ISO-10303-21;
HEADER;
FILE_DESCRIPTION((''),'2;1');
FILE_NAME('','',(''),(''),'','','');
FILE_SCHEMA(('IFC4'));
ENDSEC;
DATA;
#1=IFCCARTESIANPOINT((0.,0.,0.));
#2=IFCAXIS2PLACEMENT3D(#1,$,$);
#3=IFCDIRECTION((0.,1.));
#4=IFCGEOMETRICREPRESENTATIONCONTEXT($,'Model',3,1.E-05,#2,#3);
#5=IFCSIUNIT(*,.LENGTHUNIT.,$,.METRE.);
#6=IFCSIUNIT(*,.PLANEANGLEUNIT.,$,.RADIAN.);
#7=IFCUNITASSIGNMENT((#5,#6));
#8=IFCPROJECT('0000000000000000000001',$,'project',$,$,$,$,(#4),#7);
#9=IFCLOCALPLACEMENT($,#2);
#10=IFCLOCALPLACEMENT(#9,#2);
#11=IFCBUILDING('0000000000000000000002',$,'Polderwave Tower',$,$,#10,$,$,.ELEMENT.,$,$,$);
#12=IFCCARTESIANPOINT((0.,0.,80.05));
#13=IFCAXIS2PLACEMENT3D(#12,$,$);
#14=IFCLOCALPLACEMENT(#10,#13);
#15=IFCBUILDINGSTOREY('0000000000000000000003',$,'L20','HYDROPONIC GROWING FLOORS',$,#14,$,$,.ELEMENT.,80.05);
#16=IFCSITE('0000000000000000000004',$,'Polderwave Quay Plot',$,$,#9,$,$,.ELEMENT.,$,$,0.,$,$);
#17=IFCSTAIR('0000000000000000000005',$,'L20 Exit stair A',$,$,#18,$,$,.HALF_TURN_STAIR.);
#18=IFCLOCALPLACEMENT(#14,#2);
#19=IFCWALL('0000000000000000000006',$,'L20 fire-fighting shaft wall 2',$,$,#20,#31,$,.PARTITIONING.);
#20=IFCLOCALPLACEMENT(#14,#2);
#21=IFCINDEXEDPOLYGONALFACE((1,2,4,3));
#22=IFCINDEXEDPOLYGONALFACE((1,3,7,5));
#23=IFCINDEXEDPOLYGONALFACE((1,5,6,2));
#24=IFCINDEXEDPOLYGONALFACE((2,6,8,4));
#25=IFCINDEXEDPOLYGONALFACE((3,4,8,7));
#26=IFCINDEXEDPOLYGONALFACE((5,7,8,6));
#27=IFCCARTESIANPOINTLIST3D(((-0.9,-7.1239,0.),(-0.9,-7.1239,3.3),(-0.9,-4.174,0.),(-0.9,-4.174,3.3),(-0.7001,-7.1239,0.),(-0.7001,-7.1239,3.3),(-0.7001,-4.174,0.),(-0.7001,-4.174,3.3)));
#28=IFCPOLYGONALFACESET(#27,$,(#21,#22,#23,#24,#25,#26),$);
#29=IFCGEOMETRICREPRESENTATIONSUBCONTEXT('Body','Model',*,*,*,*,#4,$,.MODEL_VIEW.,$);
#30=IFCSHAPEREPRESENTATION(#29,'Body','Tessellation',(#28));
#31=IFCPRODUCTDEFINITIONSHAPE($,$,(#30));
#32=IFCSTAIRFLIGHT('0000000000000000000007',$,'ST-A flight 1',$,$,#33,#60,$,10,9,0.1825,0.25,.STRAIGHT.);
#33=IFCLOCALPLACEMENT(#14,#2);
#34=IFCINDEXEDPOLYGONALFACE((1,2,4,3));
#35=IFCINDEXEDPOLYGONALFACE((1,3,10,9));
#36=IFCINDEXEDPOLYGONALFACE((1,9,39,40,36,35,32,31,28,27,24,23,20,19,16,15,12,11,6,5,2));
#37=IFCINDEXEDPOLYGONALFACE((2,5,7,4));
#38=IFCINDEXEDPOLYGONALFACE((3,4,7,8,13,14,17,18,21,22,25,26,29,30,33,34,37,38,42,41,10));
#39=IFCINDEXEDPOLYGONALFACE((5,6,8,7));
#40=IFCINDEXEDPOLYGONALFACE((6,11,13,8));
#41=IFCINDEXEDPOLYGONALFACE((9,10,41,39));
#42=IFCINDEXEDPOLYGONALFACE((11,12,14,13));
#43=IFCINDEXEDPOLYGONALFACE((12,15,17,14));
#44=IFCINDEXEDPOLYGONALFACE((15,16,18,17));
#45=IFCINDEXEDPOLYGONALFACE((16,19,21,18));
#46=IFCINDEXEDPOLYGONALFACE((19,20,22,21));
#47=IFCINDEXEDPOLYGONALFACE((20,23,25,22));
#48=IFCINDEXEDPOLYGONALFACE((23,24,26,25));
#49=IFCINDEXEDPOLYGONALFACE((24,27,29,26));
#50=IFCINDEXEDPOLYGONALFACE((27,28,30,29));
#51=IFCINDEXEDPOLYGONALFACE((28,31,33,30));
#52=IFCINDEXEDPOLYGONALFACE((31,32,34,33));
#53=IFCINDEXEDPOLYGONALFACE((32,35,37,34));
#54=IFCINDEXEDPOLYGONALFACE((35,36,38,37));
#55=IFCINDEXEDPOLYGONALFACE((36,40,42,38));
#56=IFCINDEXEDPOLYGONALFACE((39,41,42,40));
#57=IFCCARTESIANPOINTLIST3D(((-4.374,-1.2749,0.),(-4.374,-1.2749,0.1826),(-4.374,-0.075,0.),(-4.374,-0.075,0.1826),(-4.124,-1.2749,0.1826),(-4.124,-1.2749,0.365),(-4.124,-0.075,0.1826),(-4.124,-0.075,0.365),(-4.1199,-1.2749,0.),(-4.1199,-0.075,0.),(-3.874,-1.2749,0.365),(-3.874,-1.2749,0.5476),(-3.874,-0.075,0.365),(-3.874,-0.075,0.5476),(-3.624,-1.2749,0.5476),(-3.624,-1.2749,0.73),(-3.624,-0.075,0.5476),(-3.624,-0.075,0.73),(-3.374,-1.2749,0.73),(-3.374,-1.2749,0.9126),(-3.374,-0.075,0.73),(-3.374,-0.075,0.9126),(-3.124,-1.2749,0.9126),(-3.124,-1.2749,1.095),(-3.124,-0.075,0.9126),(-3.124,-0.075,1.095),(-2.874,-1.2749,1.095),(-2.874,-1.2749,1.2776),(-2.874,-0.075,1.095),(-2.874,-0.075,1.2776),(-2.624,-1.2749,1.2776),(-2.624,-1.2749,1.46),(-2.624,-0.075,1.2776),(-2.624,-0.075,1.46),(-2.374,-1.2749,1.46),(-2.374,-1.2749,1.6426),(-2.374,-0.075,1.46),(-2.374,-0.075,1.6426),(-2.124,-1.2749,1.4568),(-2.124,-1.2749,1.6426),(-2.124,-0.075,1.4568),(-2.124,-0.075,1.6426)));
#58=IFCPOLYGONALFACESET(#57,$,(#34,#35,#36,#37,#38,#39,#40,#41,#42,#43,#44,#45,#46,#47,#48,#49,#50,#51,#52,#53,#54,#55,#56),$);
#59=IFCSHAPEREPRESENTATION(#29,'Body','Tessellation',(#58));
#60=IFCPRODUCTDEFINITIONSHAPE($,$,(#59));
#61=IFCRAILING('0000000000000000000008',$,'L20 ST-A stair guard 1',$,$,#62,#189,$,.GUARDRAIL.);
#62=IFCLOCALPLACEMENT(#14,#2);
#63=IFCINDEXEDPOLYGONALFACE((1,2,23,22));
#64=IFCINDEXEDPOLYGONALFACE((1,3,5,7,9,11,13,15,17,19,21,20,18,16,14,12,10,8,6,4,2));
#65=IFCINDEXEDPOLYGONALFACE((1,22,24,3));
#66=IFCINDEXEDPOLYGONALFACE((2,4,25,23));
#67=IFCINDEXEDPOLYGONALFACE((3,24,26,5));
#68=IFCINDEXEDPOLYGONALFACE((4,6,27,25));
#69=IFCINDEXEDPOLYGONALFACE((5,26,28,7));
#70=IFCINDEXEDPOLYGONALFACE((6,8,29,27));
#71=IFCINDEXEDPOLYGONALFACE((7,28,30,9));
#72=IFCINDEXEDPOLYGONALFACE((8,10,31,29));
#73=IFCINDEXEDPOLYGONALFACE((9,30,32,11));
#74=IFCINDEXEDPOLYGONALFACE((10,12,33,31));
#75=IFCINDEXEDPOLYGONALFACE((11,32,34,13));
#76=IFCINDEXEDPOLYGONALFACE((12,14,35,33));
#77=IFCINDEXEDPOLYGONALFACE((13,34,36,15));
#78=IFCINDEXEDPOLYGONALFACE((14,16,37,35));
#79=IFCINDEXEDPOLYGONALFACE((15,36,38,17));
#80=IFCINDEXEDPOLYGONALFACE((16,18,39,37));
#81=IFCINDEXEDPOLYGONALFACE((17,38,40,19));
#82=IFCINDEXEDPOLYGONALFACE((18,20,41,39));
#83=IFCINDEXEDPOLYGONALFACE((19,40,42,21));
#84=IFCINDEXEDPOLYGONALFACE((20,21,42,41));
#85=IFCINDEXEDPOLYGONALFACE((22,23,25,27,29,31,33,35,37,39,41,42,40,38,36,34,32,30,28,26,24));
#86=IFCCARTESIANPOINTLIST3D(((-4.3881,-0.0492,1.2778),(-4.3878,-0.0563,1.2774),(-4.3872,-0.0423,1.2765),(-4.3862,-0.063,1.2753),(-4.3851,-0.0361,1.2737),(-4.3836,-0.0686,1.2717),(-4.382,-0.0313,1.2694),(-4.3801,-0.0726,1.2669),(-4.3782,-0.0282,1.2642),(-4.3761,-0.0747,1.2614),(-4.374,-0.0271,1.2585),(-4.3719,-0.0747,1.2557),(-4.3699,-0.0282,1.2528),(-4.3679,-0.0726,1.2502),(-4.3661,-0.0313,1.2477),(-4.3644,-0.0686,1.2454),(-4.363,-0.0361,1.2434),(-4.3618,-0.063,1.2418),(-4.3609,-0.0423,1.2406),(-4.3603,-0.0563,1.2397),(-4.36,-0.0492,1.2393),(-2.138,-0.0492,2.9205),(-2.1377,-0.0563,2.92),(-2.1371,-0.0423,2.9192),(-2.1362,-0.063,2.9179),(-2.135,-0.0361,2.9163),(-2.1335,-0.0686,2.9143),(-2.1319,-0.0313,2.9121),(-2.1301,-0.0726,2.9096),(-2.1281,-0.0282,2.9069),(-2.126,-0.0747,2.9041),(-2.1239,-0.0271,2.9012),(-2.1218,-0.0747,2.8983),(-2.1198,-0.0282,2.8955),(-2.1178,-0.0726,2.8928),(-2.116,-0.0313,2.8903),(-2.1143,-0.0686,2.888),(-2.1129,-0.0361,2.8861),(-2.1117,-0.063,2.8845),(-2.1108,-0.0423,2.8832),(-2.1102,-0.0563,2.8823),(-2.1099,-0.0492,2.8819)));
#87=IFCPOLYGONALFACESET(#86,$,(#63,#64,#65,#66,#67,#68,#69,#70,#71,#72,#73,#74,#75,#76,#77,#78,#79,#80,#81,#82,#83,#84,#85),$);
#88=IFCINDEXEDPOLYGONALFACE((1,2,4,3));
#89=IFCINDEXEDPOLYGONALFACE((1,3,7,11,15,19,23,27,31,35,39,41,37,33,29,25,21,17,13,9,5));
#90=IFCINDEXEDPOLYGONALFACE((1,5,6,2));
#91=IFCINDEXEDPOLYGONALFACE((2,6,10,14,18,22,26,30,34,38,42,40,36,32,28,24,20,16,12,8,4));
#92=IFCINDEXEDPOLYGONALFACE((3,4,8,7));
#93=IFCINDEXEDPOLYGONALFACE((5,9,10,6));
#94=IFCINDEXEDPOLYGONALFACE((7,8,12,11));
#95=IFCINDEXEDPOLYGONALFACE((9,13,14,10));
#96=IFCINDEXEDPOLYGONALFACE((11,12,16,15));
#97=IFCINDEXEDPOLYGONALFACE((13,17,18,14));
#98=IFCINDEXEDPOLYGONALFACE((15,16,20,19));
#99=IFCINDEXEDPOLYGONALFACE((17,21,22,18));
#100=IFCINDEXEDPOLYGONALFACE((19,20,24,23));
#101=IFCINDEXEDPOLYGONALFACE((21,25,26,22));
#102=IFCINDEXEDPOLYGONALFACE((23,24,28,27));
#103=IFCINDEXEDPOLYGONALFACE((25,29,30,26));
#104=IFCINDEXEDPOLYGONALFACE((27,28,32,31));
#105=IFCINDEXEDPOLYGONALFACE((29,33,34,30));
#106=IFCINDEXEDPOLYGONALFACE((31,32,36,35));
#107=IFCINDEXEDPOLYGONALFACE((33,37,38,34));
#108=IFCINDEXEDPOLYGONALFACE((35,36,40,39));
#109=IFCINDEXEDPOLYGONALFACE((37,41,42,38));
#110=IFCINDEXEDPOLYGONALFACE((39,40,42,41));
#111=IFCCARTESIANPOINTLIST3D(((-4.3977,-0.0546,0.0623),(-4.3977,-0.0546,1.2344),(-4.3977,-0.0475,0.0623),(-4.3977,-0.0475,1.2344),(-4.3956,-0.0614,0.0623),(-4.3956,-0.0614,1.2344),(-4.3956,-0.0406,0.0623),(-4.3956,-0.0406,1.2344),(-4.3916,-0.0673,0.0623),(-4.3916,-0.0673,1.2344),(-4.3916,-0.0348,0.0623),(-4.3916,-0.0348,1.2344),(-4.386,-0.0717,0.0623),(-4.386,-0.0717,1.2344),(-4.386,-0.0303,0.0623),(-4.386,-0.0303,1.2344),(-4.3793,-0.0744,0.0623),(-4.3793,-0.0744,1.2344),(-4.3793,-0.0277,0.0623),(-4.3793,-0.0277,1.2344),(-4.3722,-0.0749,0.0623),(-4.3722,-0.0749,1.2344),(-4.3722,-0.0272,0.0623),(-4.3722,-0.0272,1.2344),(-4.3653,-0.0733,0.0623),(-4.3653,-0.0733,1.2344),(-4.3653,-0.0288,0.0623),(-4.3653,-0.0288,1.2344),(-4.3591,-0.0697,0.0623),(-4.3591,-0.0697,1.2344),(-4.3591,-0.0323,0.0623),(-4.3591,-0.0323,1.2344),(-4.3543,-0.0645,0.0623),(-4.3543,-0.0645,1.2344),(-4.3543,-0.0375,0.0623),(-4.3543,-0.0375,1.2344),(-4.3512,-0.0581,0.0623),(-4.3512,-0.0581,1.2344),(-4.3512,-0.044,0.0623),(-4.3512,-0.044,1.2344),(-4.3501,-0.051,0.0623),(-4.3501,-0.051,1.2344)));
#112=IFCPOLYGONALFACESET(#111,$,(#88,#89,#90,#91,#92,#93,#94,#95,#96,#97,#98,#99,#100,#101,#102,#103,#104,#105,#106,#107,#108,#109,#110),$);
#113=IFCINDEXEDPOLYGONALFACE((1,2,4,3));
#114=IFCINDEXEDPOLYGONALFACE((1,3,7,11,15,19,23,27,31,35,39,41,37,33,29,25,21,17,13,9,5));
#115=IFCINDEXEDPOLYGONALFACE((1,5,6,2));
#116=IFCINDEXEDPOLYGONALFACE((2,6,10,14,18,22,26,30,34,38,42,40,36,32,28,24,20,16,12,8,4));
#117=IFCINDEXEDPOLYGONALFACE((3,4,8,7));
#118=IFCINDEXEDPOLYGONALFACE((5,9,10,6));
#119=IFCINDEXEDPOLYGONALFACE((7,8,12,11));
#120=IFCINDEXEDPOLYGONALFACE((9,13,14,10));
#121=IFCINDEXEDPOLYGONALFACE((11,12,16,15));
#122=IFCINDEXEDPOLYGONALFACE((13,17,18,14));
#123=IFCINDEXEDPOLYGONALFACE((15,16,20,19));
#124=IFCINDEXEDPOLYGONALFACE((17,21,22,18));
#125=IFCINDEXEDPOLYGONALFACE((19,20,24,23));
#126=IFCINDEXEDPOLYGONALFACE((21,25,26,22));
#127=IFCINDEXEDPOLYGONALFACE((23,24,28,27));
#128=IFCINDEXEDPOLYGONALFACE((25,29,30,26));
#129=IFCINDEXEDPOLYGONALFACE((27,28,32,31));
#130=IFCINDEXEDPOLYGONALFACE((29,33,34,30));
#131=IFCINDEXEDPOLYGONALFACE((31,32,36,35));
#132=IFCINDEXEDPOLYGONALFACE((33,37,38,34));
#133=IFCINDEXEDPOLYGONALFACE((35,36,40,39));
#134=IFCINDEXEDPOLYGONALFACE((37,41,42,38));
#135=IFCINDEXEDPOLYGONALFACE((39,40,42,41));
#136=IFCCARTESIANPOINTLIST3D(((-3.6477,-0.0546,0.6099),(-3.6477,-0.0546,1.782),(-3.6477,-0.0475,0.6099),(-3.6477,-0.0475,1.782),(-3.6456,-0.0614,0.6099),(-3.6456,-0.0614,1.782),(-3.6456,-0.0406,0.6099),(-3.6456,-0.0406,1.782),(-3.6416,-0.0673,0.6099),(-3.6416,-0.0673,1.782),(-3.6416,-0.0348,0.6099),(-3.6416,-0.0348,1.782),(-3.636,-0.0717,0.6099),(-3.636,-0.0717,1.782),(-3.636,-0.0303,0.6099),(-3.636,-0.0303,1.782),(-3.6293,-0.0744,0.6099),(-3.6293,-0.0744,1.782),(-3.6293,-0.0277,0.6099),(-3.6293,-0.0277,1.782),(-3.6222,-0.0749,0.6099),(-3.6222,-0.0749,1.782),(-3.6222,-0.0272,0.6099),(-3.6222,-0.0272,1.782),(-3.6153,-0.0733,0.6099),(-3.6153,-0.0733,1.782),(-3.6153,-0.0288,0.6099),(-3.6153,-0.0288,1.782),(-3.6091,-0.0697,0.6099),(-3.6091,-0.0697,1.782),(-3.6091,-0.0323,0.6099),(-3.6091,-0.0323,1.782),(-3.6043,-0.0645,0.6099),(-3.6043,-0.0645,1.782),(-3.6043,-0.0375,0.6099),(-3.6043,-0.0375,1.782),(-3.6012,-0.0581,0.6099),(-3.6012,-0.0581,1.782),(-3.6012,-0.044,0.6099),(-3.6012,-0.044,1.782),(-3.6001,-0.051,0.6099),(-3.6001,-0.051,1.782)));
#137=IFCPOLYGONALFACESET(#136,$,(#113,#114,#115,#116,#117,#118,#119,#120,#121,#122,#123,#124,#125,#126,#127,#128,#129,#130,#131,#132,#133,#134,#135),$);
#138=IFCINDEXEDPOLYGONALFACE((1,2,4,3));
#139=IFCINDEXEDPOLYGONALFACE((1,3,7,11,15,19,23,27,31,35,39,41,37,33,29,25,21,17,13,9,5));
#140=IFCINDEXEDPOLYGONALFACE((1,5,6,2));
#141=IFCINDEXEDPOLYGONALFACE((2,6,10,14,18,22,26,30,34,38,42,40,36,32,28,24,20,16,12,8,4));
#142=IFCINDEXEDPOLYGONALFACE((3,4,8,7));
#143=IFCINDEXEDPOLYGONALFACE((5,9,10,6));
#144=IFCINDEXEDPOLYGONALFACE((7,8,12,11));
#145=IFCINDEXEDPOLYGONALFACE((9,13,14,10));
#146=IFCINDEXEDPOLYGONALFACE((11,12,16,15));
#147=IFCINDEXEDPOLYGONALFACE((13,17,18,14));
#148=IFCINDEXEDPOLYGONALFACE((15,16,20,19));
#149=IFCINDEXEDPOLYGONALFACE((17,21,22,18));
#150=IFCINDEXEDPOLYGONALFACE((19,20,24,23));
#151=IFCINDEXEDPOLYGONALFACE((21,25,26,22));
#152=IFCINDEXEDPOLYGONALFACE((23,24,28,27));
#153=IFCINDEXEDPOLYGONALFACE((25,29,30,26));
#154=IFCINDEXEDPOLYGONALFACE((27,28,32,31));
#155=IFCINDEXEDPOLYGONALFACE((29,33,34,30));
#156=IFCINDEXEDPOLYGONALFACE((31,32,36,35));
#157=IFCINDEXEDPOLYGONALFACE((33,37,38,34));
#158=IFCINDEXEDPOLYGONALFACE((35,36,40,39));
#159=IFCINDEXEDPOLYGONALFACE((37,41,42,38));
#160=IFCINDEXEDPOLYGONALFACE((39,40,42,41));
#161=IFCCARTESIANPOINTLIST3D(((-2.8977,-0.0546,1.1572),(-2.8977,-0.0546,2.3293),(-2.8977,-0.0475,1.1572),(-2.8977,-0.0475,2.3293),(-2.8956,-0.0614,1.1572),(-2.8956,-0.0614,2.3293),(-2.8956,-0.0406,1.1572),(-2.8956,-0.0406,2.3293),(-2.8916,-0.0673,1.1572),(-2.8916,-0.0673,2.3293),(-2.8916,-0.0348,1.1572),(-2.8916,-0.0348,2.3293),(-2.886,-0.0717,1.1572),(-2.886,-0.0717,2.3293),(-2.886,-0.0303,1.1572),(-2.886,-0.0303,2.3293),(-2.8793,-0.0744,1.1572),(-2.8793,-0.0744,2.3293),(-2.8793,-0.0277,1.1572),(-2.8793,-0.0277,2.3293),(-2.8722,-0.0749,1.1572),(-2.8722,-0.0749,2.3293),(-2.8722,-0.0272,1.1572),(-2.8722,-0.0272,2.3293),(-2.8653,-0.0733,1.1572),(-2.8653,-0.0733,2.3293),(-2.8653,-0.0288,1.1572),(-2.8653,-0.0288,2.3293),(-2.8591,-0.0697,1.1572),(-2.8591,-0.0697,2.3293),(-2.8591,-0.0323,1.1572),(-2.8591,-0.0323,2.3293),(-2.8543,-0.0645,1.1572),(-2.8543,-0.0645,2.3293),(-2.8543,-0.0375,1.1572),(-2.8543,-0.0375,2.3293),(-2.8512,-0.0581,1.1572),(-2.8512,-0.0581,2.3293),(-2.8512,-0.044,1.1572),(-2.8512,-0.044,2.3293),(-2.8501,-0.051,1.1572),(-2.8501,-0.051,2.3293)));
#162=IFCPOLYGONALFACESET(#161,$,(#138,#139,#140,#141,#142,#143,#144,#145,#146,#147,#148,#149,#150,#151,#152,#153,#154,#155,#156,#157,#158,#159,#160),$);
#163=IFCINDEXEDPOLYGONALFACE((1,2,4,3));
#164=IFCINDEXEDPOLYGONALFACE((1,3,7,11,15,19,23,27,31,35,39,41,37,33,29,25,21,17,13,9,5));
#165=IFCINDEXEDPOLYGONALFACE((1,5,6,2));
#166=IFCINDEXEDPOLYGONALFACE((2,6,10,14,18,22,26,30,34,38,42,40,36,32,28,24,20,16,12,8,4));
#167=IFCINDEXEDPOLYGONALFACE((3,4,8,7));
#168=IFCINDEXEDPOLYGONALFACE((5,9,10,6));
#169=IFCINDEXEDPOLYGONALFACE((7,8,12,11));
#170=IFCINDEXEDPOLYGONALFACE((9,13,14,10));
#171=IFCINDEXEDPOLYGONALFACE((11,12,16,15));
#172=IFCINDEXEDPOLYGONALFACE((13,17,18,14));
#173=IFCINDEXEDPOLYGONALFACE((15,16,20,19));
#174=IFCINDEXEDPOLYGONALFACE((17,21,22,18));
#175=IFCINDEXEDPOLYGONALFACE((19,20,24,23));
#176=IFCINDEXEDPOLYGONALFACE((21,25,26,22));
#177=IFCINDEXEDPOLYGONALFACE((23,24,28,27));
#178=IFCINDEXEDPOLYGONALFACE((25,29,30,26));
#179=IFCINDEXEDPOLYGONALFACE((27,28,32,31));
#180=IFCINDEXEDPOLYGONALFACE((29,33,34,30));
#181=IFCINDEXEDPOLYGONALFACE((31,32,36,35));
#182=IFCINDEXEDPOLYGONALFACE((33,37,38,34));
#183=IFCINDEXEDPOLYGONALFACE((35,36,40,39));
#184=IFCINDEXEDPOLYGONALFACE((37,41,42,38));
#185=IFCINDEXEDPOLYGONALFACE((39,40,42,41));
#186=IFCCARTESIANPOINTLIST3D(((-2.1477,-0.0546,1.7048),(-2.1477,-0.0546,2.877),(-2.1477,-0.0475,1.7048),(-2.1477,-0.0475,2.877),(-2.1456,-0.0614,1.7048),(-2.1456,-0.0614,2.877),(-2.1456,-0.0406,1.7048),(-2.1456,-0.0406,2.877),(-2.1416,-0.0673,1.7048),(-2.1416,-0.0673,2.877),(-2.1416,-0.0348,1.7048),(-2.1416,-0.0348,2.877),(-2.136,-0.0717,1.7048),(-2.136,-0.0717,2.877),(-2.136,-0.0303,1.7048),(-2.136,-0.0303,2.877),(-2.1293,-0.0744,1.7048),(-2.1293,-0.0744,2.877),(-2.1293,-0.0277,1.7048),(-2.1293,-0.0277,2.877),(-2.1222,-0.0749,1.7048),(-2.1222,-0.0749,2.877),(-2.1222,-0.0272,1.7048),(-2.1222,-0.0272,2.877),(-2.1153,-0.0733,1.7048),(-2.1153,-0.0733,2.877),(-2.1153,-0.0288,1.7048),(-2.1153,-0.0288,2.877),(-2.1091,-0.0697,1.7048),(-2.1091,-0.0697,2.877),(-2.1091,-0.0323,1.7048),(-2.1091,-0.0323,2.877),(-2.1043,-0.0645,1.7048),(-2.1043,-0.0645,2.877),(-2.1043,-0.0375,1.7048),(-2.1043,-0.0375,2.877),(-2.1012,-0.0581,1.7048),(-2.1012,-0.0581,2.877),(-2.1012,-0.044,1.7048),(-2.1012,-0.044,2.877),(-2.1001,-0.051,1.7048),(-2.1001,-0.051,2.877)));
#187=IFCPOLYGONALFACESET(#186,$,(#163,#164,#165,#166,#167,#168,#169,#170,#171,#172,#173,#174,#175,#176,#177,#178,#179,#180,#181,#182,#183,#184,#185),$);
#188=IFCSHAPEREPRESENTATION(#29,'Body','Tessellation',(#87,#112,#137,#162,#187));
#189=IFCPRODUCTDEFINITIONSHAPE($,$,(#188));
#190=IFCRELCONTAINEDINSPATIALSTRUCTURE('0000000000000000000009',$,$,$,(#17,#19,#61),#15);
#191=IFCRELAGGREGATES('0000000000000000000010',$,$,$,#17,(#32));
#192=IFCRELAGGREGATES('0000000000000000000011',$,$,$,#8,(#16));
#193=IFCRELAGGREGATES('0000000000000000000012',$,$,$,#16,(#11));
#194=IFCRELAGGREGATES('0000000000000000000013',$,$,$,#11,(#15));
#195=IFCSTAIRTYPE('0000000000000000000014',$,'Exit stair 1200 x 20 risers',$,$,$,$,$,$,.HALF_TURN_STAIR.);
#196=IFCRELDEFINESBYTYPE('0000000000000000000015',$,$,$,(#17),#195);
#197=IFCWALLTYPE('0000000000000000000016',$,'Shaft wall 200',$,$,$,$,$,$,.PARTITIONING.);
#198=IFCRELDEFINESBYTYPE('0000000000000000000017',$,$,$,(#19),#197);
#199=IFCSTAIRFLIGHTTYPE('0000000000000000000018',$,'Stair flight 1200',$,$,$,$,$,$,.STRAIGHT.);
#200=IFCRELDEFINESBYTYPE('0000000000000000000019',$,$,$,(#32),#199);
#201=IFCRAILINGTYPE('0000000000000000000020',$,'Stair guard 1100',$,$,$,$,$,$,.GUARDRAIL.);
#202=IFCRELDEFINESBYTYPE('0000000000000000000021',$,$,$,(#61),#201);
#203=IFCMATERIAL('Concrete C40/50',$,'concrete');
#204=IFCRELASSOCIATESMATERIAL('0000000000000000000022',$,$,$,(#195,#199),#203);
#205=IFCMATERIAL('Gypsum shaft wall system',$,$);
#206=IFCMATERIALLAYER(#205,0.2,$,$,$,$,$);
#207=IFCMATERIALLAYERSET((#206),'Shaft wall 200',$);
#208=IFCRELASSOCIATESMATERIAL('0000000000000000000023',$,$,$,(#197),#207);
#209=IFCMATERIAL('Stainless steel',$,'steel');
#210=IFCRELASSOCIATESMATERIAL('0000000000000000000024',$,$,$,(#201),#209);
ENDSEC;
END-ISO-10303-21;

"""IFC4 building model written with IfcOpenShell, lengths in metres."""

from ifc_helpers import new_model, si_unit, direction, frame, frame_2d, origin, origin_2d, place, context, subcontext, project, spatial, polyline, rectangle, circle, outline, extrude, material, layer, layer_set, type_object, element, aggregate, save


model = new_model("IFC4")

# Units and contexts
model_context = context("Model", 3, precision=1e-05, world=origin(), true_north=direction((0.0, 1.0)))
body_context = subcontext(model_context, "Body", "Model", "MODEL_VIEW")
ifc_project = project(units=[si_unit("LENGTHUNIT", "METRE"), si_unit("PLANEANGLEUNIT", "RADIAN")], contexts=[model_context])

# Site, building, storey
site_placement = place(None, origin())
site = spatial("IfcSite", under=ifc_project, at=site_placement, Name="Polderwave Quay Plot", CompositionType="ELEMENT", RefElevation=0.0)
building_placement = place(site_placement, origin())
building = spatial("IfcBuilding", under=site, at=building_placement, Name="Polderwave Tower", CompositionType="ELEMENT")
storey_placement = place(building_placement, frame((0.0, 0.0, 80.05)))
storey = spatial("IfcBuildingStorey", under=building, at=storey_placement, Name="L20", Description="HYDROPONIC GROWING FLOORS", CompositionType="ELEMENT", Elevation=80.05)

# Shared definitions
ifc_material_1 = material(Name="Concrete C40/50", Category="concrete")

# Stair
stair_type = type_object("IfcStairType", Name="Exit stair 1200 x 20 risers", PredefinedType="HALF_TURN_STAIR", material=ifc_material_1)
stair_placement = place(storey_placement, origin())
stair = element("IfcStair", 1, at=stair_placement, inside=storey, type_object=stair_type, Name="L20 Exit stair A", PredefinedType="HALF_TURN_STAIR")

# Wall
ifc_material_2 = material(Name="Gypsum shaft wall system")
ifc_layer_1 = layer(ifc_material_2, 0.2)
ifc_layer_set_1 = layer_set([ifc_layer_1], Name="Shaft wall 200")
wall_type_1 = type_object("IfcWallType", Name="Shaft wall 200", PredefinedType="PARTITIONING", material=ifc_layer_set_1)
for number, where, z_axis, x_axis, name in (
    (2, (-0.8, -7.124, 0.0), (0.0, 0.0, 1.0), (0.0, 1.0, 0.0), "L20 fire-fighting shaft wall 2"),
):
    element("IfcWall", number, at=place(storey_placement, frame(where, z_axis=z_axis, x_axis=x_axis)), inside=storey, type_object=wall_type_1, Name=name, PredefinedType="PARTITIONING", context=body_context, shape_type="SweptSolid", body=[
        extrude(rectangle(XDim=2.95, YDim=0.2, at=frame_2d((1.4751, 0.0))), origin(), (0.0, 0.0, 1.0), 3.3),
    ])

# Stair flight
stair_flight_type = type_object("IfcStairFlightType", Name="Stair flight 1200", PredefinedType="STRAIGHT", material=ifc_material_1)
stair_flight_placement = place(storey_placement, frame((-4.374, -0.675, 0.0), z_axis=(0.0, 0.0, 1.0), x_axis=(1.0, 0.0, 0.0)))
stair_flight = element("IfcStairFlight", 3, at=stair_flight_placement, type_object=stair_flight_type, Name="ST-A flight 1", NumberOfRisers=10, NumberOfTreads=9, PredefinedType="STRAIGHT", RiserHeight=0.1825, TreadLength=0.25, context=body_context, shape_type="SweptSolid", body=[
    extrude(outline(polyline([(0.0, 0.0), (0.0, 0.1826), (0.25, 0.1826), (0.25, 0.365), (0.5, 0.365), (0.5, 0.5476), (0.75, 0.5476), (0.75, 0.73), (1.0, 0.73), (1.0, 0.9126), (1.25, 0.9126), (1.25, 1.095), (1.5, 1.095), (1.5, 1.2776), (1.75, 1.2776), (1.75, 1.46), (2.0, 1.46), (2.0, 1.6426), (2.25, 1.6426), (2.25, 1.825), (2.25, 1.4568), (0.2542, 0.0), (0.0, 0.0)])), frame((0.0, 0.6001, 0.0), z_axis=(0.0, -1.0, 0.0), x_axis=(1.0, 0.0, 0.0)), (0.0, 0.0, 1.0), 1.2),
])
aggregate(stair, [stair_flight])

# Railing
ifc_material_3 = material(Name="Stainless steel", Category="steel")
railing_type = type_object("IfcRailingType", Name="Stair guard 1100", PredefinedType="GUARDRAIL", material=ifc_material_3)
railing_1_placement = place(storey_placement, frame((-4.374, -0.051, 0.0623)))
element("IfcRailing", 4, at=railing_1_placement, inside=storey, type_object=railing_type, Name="L20 ST-A stair guard 1", PredefinedType="GUARDRAIL", context=body_context, shape_type="SweptSolid", body=[
    extrude(circle(Radius=0.0239, at=origin_2d()), frame((0.0, 0.0, 1.1963), z_axis=(0.807674, 0.0, 0.58963), x_axis=(0.0, 1.0, 0.0)), (0.0, 0.0, 1.0), 2.7859),
    extrude(circle(Radius=0.0239, at=origin_2d()), origin(), (0.0, 0.0, 1.0), 1.1721),
    extrude(circle(Radius=0.0239, at=origin_2d()), frame((0.75, 0.0, 0.5476)), (0.0, 0.0, 1.0), 1.1721),
    extrude(circle(Radius=0.0239, at=origin_2d()), frame((1.5, 0.0, 1.095)), (0.0, 0.0, 1.0), 1.1721),
    extrude(circle(Radius=0.0239, at=origin_2d()), frame((2.25, 0.0, 1.6426)), (0.0, 0.0, 1.0), 1.1721),
])

save(model, "model.ifc")
